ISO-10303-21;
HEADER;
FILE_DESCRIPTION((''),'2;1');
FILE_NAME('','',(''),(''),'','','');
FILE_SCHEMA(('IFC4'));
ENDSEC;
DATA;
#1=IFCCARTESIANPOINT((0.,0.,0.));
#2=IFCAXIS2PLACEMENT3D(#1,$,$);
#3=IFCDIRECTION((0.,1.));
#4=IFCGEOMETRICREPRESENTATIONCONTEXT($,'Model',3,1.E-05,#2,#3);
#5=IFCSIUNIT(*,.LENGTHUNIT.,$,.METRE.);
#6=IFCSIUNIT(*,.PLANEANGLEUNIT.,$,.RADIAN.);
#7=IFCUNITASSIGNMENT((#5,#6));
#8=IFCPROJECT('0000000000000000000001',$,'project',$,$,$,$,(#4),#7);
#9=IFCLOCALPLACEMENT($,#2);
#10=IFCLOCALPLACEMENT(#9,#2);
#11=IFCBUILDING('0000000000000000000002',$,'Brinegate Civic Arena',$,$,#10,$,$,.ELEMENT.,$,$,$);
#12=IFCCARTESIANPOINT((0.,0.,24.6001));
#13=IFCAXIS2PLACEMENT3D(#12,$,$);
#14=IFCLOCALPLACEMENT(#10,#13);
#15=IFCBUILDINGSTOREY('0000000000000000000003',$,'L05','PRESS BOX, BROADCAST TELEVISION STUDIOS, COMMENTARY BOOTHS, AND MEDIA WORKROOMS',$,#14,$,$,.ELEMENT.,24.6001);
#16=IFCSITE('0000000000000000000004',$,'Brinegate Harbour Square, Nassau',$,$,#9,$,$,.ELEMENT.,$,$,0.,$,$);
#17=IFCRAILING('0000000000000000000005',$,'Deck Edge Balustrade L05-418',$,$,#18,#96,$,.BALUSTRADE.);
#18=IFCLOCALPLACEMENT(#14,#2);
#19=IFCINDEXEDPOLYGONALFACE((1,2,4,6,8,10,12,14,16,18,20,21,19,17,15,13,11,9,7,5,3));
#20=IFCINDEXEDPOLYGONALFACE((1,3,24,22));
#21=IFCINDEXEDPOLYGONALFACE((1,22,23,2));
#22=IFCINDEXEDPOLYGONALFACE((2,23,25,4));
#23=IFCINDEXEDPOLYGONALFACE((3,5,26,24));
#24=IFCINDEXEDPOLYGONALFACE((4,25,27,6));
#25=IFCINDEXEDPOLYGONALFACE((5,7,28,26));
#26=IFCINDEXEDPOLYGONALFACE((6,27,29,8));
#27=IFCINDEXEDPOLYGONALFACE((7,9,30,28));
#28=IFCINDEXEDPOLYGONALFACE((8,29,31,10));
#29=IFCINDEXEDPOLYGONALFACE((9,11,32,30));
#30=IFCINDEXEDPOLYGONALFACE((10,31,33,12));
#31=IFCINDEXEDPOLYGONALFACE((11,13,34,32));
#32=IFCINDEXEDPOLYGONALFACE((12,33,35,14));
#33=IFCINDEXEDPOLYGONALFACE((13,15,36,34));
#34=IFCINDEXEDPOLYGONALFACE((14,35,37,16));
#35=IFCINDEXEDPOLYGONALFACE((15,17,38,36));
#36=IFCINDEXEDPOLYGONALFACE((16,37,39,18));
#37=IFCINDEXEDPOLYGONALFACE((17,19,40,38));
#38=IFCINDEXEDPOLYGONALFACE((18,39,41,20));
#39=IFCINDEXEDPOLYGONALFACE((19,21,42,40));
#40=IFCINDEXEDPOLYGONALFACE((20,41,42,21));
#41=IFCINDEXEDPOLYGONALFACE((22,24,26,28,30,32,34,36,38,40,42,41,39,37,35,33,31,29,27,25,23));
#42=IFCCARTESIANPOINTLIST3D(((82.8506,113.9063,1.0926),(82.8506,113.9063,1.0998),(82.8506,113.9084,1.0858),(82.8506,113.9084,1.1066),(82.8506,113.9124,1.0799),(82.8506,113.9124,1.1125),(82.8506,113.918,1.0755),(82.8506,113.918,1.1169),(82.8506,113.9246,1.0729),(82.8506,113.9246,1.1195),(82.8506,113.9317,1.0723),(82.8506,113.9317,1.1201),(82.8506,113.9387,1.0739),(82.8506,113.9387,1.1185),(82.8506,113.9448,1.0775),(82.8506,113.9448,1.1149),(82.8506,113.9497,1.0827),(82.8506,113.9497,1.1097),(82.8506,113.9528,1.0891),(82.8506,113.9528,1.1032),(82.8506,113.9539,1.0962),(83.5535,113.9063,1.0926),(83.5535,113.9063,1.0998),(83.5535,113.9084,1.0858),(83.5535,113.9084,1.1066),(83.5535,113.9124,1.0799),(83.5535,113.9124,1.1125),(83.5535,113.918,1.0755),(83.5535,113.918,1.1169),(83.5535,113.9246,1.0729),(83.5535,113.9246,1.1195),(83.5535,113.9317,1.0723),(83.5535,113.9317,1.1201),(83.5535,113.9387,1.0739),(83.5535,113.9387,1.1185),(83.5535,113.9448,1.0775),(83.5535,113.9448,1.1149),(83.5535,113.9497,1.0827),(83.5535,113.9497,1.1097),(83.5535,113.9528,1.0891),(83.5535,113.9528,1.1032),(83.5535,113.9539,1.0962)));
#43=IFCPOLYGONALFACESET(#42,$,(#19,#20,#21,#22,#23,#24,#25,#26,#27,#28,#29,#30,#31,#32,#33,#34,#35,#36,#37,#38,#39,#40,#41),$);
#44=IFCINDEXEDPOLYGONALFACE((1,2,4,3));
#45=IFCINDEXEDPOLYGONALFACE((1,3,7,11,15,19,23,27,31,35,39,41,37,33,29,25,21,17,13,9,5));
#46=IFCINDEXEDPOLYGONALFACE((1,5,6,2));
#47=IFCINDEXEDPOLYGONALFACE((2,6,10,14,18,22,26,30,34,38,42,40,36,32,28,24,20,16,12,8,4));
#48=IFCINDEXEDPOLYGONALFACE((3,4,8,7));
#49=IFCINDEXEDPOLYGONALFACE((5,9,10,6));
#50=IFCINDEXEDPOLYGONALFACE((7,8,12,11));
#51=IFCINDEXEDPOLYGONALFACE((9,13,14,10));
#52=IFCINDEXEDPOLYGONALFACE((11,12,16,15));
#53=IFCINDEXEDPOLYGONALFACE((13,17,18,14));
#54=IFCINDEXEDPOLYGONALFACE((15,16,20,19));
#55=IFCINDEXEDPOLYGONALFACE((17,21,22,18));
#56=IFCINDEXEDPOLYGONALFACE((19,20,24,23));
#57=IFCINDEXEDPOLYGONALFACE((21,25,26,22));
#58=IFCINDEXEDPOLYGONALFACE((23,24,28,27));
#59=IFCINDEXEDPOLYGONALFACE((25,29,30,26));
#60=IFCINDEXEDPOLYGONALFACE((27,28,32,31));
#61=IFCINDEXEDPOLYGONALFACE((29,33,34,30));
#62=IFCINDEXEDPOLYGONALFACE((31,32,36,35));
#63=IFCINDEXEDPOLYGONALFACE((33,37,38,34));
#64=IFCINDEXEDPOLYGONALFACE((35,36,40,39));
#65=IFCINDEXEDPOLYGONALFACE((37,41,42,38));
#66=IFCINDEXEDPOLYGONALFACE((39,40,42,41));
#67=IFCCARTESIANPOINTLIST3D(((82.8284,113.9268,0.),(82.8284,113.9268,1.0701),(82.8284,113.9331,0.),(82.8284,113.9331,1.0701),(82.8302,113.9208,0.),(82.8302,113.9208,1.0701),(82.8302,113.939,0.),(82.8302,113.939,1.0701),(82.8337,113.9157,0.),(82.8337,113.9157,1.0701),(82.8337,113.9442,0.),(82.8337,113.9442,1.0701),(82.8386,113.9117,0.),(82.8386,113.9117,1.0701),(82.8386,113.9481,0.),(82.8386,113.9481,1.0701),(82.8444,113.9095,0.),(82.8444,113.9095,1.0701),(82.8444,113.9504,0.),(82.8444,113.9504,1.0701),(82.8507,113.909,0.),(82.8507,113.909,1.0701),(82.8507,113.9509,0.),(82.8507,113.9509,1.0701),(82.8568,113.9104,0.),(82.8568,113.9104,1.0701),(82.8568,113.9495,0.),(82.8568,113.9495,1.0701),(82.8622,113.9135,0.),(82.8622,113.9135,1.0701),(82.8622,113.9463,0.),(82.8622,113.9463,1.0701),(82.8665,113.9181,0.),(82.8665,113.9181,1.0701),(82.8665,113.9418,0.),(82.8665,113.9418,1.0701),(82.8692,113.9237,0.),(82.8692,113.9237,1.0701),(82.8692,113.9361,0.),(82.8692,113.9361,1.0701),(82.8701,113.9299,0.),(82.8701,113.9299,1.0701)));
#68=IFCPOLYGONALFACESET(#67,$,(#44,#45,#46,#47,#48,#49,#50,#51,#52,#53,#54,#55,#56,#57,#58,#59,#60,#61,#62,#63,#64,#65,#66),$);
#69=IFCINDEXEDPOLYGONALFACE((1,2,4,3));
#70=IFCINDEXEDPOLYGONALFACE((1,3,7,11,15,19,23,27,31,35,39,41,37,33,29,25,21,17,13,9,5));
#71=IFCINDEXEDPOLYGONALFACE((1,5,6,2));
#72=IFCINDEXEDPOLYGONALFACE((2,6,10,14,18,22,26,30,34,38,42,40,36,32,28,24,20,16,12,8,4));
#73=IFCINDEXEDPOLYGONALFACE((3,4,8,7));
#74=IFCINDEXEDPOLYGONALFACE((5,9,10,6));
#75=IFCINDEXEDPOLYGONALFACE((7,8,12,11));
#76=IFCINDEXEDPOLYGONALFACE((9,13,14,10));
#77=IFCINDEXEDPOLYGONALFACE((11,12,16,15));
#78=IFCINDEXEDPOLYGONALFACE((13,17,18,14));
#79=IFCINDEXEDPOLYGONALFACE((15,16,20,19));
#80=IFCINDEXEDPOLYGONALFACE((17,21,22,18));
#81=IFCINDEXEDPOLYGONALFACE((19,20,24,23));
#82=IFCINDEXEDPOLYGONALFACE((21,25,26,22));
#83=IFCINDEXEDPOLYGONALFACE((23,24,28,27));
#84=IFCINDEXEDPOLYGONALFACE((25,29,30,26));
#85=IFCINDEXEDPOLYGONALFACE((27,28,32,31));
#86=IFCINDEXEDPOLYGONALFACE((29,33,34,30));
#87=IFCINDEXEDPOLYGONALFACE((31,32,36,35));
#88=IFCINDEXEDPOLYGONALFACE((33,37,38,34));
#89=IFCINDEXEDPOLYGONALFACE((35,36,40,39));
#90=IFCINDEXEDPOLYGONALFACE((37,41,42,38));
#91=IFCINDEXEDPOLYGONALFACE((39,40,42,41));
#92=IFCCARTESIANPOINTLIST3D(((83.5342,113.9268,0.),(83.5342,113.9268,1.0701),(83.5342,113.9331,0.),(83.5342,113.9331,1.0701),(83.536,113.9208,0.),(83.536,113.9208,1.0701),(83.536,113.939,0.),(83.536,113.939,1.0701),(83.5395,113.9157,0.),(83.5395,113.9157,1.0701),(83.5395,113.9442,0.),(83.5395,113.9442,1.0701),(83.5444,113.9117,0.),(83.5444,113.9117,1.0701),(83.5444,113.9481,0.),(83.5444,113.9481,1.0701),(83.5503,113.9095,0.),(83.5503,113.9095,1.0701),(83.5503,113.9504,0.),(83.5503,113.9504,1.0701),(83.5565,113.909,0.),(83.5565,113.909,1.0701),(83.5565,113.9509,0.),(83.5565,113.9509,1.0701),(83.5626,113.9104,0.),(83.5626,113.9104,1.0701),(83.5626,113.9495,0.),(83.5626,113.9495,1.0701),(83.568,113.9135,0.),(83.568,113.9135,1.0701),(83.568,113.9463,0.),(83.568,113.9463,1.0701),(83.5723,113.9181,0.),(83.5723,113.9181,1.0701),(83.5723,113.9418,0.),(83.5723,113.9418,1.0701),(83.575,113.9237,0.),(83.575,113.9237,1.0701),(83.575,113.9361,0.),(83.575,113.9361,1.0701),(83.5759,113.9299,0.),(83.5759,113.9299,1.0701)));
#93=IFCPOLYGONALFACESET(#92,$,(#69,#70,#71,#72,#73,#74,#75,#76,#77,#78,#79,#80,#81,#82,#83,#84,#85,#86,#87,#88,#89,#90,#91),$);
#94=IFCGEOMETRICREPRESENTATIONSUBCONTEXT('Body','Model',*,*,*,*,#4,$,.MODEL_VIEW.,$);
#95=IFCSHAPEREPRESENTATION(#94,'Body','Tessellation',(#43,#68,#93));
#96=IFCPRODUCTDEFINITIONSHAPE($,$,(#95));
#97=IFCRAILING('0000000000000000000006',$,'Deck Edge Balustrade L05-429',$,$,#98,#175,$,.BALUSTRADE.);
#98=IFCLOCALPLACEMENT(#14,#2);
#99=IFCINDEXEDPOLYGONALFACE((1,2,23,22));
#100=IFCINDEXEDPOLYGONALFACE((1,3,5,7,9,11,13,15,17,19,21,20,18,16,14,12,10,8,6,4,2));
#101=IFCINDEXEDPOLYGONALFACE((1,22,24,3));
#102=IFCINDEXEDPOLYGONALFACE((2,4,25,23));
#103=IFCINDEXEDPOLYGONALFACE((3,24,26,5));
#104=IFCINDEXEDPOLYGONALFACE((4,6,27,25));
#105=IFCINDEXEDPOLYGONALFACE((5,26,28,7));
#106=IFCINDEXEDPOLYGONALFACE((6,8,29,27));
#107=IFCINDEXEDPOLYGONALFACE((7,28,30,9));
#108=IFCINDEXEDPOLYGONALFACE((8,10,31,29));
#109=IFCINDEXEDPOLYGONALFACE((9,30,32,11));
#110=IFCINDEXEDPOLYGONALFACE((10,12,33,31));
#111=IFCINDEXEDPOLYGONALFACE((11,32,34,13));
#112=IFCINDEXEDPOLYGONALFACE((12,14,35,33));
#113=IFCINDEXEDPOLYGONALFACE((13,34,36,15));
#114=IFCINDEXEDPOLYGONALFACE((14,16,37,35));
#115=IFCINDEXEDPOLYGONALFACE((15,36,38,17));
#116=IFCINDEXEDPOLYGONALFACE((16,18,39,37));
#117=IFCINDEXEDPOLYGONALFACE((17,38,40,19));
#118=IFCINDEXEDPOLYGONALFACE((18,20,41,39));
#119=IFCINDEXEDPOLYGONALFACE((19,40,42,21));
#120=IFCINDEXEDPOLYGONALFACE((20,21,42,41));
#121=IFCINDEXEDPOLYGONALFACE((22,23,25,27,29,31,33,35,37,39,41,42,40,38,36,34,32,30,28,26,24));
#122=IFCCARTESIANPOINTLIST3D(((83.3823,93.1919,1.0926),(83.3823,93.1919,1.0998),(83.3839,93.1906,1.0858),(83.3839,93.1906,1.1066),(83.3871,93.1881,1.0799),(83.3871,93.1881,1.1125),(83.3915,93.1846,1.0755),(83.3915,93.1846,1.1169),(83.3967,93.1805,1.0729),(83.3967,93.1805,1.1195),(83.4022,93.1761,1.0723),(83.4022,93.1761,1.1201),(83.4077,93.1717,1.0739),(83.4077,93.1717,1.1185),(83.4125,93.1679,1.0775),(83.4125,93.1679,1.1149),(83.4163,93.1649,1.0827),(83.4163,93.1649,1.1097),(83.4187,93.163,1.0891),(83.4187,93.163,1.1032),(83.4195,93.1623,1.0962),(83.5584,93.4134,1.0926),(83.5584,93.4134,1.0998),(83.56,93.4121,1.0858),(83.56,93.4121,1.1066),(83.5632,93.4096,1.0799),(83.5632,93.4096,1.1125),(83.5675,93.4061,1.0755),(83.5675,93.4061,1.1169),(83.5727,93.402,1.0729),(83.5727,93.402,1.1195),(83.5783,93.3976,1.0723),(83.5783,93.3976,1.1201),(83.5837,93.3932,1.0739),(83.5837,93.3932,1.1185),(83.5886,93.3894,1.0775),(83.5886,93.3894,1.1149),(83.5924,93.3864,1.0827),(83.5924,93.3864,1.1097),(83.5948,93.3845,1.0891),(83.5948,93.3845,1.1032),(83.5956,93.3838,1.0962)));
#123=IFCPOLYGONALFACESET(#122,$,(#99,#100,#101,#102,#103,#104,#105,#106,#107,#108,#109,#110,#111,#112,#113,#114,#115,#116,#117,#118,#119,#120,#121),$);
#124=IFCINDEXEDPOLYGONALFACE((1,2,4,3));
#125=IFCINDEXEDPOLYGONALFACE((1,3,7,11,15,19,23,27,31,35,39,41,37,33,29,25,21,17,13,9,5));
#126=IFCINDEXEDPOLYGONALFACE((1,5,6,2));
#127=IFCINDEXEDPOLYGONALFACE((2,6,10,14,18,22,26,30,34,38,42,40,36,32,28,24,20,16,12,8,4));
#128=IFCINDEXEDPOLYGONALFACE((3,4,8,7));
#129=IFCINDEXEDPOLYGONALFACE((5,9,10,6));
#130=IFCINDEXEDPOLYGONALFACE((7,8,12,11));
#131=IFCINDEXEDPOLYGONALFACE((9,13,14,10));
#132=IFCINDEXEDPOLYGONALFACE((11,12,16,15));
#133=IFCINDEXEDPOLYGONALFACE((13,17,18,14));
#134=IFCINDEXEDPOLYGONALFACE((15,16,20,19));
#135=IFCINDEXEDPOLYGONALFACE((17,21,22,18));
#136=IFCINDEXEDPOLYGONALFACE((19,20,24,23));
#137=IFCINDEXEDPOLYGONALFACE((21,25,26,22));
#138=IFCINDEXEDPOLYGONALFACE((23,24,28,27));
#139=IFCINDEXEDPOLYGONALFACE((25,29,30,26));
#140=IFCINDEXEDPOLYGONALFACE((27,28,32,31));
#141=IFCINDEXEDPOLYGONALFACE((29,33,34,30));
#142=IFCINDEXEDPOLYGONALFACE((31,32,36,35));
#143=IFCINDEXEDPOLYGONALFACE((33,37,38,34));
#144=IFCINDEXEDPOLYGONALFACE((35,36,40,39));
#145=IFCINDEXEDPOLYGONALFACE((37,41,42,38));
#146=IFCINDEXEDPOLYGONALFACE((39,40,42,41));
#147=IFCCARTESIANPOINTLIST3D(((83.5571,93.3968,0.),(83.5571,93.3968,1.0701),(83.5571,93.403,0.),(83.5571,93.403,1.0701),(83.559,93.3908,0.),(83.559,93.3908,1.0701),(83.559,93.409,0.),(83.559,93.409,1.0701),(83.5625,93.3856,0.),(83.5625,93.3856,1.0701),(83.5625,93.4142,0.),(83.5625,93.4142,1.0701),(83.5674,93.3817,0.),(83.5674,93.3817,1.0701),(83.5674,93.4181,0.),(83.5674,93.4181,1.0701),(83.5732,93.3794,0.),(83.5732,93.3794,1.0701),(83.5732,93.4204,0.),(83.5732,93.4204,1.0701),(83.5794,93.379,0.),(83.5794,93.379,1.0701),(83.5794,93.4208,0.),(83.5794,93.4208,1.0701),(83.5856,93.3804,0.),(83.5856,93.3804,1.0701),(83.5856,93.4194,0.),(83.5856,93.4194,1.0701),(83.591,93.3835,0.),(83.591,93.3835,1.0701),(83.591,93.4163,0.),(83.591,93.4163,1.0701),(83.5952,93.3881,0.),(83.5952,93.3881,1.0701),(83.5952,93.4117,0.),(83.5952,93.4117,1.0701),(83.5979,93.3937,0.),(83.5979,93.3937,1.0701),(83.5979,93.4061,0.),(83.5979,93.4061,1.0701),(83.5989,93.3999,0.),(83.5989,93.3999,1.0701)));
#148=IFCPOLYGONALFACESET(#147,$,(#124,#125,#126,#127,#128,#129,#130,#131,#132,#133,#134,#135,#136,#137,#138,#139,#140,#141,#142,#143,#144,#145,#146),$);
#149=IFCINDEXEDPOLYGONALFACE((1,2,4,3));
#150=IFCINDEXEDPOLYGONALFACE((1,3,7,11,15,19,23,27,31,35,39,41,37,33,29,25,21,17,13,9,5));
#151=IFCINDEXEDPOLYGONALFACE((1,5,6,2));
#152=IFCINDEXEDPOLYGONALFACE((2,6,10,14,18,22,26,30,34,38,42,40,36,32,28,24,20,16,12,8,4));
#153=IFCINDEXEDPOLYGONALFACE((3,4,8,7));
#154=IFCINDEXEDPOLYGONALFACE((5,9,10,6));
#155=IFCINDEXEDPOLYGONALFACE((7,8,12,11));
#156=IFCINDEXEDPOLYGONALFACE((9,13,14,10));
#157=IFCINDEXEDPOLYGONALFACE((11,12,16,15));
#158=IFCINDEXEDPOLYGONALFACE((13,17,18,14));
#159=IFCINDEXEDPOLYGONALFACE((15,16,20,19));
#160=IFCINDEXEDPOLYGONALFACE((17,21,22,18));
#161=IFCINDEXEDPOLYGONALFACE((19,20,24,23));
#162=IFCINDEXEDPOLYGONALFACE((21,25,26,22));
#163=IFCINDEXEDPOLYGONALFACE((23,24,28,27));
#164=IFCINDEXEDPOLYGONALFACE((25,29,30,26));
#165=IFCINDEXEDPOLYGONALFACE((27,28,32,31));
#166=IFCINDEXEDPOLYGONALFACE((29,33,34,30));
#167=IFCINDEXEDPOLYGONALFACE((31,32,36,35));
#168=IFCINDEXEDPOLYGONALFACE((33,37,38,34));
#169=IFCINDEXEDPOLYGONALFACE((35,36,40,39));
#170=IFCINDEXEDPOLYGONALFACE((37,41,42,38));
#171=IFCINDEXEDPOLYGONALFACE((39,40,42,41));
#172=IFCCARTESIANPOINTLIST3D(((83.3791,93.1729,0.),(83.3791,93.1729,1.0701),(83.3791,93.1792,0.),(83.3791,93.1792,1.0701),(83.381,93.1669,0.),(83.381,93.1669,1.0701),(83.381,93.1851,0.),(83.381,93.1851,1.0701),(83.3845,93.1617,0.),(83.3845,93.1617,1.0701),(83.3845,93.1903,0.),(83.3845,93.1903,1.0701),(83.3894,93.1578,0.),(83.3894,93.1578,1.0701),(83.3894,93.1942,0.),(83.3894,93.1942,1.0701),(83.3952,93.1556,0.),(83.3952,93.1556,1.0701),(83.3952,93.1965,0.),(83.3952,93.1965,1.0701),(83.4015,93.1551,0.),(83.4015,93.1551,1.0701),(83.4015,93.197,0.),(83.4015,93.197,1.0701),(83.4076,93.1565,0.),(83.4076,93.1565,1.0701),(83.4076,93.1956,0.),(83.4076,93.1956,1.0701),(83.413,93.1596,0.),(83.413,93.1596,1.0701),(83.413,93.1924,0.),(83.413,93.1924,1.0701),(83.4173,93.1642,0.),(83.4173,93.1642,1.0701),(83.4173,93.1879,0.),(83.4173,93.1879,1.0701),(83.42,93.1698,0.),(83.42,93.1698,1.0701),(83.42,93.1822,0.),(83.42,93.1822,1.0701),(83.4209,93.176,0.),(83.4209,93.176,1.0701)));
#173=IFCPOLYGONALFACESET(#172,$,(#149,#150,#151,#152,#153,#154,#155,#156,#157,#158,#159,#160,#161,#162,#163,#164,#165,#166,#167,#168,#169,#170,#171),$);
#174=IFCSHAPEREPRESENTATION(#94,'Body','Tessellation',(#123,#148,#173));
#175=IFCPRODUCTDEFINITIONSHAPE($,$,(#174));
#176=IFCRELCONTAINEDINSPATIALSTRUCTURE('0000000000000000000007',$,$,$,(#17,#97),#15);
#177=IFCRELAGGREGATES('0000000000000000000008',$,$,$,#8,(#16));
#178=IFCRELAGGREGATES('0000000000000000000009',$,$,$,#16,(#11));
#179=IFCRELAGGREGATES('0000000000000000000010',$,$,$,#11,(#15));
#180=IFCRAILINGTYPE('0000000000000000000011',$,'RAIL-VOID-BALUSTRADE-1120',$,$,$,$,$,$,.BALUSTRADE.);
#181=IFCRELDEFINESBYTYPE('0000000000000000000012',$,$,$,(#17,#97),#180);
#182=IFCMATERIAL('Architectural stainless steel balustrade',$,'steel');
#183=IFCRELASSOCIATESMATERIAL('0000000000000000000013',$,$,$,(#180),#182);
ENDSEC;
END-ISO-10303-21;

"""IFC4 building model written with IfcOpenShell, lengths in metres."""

from ifc_helpers import new_model, si_unit, direction, frame, origin, origin_2d, place, context, subcontext, project, spatial, circle, extrude, material, type_object, element, save


model = new_model("IFC4")

# Units and contexts
model_context = context("Model", 3, precision=1e-05, world=origin(), true_north=direction((0.0, 1.0)))
body_context = subcontext(model_context, "Body", "Model", "MODEL_VIEW")
ifc_project = project(units=[si_unit("LENGTHUNIT", "METRE"), si_unit("PLANEANGLEUNIT", "RADIAN")], contexts=[model_context])

# Site, building, storey
site_placement = place(None, origin())
site = spatial("IfcSite", under=ifc_project, at=site_placement, Name="Brinegate Harbour Square, Nassau", CompositionType="ELEMENT", RefElevation=0.0)
building_placement = place(site_placement, origin())
building = spatial("IfcBuilding", under=site, at=building_placement, Name="Brinegate Civic Arena", CompositionType="ELEMENT")
storey_placement = place(building_placement, frame((0.0, 0.0, 24.6001)))
storey = spatial("IfcBuildingStorey", under=building, at=storey_placement, Name="L05", Description="PRESS BOX, BROADCAST TELEVISION STUDIOS, COMMENTARY BOOTHS, AND MEDIA WORKROOMS", CompositionType="ELEMENT", Elevation=24.6001)

# Railings
ifc_material_1 = material(Name="Architectural stainless steel balustrade", Category="steel")
railing_type_1 = type_object("IfcRailingType", Name="RAIL-VOID-BALUSTRADE-1120", PredefinedType="BALUSTRADE", material=ifc_material_1)
for number, where, name in (
    (1, (82.8491, 113.9299, 0.0), "Deck Edge Balustrade L05-418"),
):
    element("IfcRailing", number, at=place(storey_placement, frame(where)), inside=storey, type_object=railing_type_1, Name=name, PredefinedType="BALUSTRADE", context=body_context, shape_type="SweptSolid", body=[
        extrude(circle(Radius=0.0239, at=origin_2d()), frame((0.0015, 0.0, 1.0962), z_axis=(1.0, 0.0, 0.0), x_axis=(0.0, 1.0, 0.0)), (0.0, 0.0, 1.0), 0.7029),
        extrude(circle(Radius=0.021, at=origin_2d()), origin(), (0.0, 0.0, 1.0), 1.0701),
        extrude(circle(Radius=0.021, at=origin_2d()), frame((0.7058, 0.0, 0.0)), (0.0, 0.0, 1.0), 1.0701),
    ])
railing_1_placement = place(storey_placement, frame((83.5779, 93.3999, 0.0)))
element("IfcRailing", 2, at=railing_1_placement, inside=storey, type_object=railing_type_1, Name="Deck Edge Balustrade L05-429", PredefinedType="BALUSTRADE", context=body_context, shape_type="SweptSolid", body=[
    extrude(circle(Radius=0.0239, at=origin_2d()), frame((-0.001, -0.0012, 1.0962), z_axis=(-0.622298, -0.782781, 0.0), x_axis=(0.782781, -0.622298, 0.0)), (0.0, 0.0, 1.0), 0.283),
    extrude(circle(Radius=0.021, at=origin_2d()), origin(), (0.0, 0.0, 1.0), 1.0701),
    extrude(circle(Radius=0.021, at=origin_2d()), frame((-0.178, -0.2239, 0.0)), (0.0, 0.0, 1.0), 1.0701),
])

save(model, "model.ifc")
